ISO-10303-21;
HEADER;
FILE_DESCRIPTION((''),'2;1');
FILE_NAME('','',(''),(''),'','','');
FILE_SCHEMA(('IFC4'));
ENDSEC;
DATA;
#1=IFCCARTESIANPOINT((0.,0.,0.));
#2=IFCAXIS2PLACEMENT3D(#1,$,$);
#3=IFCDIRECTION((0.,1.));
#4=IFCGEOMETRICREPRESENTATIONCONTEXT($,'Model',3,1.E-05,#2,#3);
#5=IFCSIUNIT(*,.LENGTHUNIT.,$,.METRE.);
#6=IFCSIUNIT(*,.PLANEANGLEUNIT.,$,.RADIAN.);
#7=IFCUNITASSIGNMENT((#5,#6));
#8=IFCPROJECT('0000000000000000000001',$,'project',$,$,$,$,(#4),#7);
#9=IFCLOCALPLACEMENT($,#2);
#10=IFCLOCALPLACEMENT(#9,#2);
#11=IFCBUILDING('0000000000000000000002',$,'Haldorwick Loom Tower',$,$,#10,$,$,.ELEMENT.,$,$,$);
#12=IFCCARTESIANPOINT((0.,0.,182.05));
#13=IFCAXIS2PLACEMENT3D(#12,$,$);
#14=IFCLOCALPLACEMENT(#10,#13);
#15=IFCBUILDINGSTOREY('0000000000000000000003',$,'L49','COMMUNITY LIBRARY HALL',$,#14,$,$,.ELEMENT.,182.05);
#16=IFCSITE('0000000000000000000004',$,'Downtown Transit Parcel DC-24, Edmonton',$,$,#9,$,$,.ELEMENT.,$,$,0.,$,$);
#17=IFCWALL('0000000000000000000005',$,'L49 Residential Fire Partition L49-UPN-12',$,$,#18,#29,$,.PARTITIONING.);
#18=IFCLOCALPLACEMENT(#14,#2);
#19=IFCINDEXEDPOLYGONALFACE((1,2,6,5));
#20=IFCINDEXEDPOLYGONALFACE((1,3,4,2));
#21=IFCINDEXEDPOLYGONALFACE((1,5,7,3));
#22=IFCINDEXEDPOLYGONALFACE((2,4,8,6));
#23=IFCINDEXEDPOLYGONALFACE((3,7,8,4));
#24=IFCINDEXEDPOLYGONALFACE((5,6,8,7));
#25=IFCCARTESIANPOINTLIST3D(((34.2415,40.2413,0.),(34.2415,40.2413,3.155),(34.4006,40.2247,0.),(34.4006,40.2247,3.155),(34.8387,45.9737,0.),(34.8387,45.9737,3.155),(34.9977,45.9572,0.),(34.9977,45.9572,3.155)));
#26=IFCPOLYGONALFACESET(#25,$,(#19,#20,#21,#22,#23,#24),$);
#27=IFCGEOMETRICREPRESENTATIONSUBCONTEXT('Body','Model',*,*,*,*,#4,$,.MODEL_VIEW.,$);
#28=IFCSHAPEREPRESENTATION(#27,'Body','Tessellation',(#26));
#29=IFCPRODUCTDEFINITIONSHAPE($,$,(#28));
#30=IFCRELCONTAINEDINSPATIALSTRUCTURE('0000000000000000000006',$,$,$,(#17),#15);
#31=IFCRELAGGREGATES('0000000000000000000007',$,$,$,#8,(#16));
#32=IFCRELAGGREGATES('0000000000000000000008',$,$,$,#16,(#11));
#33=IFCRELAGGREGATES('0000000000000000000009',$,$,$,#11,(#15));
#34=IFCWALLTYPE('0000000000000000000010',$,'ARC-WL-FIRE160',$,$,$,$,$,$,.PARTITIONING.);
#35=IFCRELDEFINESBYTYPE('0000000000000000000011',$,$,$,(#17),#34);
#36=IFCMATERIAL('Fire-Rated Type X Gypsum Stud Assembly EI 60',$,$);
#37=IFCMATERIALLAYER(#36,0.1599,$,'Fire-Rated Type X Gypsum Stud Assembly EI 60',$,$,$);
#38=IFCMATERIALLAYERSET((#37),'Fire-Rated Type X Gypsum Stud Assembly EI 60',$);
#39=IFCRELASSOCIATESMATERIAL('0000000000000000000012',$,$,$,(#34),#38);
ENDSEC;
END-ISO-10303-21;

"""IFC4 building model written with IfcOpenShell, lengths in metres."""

from ifc_helpers import new_model, si_unit, direction, frame, frame_2d, origin, place, context, subcontext, project, spatial, rectangle, extrude, material, layer, layer_set, type_object, element, save


model = new_model("IFC4")

# Units and contexts
model_context = context("Model", 3, precision=1e-05, world=origin(), true_north=direction((0.0, 1.0)))
body_context = subcontext(model_context, "Body", "Model", "MODEL_VIEW")
ifc_project = project(units=[si_unit("LENGTHUNIT", "METRE"), si_unit("PLANEANGLEUNIT", "RADIAN")], contexts=[model_context])

# Site, building, storey
site_placement = place(None, origin())
site = spatial("IfcSite", under=ifc_project, at=site_placement, Name="Downtown Transit Parcel DC-24, Edmonton", CompositionType="ELEMENT", RefElevation=0.0)
building_placement = place(site_placement, origin())
building = spatial("IfcBuilding", under=site, at=building_placement, Name="Haldorwick Loom Tower", CompositionType="ELEMENT")
storey_placement = place(building_placement, frame((0.0, 0.0, 182.05)))
storey = spatial("IfcBuildingStorey", under=building, at=storey_placement, Name="L49", Description="COMMUNITY LIBRARY HALL", CompositionType="ELEMENT", Elevation=182.05)

# Wall
ifc_material_1 = material(Name="Fire-Rated Type X Gypsum Stud Assembly EI 60")
ifc_layer_1 = layer(ifc_material_1, 0.1599, Name="Fire-Rated Type X Gypsum Stud Assembly EI 60")
ifc_layer_set_1 = layer_set([ifc_layer_1], Name="Fire-Rated Type X Gypsum Stud Assembly EI 60")
wall_type_1 = type_object("IfcWallType", Name="ARC-WL-FIRE160", PredefinedType="PARTITIONING", material=ifc_layer_set_1)
wall_1_placement = place(storey_placement, frame((34.321, 40.2329, 0.0), z_axis=(0.0, 0.0, 1.0), x_axis=(0.103613, 0.994618, 0.0)))
element("IfcWall", 1, at=wall_1_placement, inside=storey, type_object=wall_type_1, Name="L49 Residential Fire Partition L49-UPN-12", PredefinedType="PARTITIONING", context=body_context, shape_type="SweptSolid", body=[
    extrude(rectangle(XDim=5.7634, YDim=0.1599, at=frame_2d((2.8818, 0.0))), origin(), (0.0, 0.0, 1.0), 3.155),
])

save(model, "model.ifc")
